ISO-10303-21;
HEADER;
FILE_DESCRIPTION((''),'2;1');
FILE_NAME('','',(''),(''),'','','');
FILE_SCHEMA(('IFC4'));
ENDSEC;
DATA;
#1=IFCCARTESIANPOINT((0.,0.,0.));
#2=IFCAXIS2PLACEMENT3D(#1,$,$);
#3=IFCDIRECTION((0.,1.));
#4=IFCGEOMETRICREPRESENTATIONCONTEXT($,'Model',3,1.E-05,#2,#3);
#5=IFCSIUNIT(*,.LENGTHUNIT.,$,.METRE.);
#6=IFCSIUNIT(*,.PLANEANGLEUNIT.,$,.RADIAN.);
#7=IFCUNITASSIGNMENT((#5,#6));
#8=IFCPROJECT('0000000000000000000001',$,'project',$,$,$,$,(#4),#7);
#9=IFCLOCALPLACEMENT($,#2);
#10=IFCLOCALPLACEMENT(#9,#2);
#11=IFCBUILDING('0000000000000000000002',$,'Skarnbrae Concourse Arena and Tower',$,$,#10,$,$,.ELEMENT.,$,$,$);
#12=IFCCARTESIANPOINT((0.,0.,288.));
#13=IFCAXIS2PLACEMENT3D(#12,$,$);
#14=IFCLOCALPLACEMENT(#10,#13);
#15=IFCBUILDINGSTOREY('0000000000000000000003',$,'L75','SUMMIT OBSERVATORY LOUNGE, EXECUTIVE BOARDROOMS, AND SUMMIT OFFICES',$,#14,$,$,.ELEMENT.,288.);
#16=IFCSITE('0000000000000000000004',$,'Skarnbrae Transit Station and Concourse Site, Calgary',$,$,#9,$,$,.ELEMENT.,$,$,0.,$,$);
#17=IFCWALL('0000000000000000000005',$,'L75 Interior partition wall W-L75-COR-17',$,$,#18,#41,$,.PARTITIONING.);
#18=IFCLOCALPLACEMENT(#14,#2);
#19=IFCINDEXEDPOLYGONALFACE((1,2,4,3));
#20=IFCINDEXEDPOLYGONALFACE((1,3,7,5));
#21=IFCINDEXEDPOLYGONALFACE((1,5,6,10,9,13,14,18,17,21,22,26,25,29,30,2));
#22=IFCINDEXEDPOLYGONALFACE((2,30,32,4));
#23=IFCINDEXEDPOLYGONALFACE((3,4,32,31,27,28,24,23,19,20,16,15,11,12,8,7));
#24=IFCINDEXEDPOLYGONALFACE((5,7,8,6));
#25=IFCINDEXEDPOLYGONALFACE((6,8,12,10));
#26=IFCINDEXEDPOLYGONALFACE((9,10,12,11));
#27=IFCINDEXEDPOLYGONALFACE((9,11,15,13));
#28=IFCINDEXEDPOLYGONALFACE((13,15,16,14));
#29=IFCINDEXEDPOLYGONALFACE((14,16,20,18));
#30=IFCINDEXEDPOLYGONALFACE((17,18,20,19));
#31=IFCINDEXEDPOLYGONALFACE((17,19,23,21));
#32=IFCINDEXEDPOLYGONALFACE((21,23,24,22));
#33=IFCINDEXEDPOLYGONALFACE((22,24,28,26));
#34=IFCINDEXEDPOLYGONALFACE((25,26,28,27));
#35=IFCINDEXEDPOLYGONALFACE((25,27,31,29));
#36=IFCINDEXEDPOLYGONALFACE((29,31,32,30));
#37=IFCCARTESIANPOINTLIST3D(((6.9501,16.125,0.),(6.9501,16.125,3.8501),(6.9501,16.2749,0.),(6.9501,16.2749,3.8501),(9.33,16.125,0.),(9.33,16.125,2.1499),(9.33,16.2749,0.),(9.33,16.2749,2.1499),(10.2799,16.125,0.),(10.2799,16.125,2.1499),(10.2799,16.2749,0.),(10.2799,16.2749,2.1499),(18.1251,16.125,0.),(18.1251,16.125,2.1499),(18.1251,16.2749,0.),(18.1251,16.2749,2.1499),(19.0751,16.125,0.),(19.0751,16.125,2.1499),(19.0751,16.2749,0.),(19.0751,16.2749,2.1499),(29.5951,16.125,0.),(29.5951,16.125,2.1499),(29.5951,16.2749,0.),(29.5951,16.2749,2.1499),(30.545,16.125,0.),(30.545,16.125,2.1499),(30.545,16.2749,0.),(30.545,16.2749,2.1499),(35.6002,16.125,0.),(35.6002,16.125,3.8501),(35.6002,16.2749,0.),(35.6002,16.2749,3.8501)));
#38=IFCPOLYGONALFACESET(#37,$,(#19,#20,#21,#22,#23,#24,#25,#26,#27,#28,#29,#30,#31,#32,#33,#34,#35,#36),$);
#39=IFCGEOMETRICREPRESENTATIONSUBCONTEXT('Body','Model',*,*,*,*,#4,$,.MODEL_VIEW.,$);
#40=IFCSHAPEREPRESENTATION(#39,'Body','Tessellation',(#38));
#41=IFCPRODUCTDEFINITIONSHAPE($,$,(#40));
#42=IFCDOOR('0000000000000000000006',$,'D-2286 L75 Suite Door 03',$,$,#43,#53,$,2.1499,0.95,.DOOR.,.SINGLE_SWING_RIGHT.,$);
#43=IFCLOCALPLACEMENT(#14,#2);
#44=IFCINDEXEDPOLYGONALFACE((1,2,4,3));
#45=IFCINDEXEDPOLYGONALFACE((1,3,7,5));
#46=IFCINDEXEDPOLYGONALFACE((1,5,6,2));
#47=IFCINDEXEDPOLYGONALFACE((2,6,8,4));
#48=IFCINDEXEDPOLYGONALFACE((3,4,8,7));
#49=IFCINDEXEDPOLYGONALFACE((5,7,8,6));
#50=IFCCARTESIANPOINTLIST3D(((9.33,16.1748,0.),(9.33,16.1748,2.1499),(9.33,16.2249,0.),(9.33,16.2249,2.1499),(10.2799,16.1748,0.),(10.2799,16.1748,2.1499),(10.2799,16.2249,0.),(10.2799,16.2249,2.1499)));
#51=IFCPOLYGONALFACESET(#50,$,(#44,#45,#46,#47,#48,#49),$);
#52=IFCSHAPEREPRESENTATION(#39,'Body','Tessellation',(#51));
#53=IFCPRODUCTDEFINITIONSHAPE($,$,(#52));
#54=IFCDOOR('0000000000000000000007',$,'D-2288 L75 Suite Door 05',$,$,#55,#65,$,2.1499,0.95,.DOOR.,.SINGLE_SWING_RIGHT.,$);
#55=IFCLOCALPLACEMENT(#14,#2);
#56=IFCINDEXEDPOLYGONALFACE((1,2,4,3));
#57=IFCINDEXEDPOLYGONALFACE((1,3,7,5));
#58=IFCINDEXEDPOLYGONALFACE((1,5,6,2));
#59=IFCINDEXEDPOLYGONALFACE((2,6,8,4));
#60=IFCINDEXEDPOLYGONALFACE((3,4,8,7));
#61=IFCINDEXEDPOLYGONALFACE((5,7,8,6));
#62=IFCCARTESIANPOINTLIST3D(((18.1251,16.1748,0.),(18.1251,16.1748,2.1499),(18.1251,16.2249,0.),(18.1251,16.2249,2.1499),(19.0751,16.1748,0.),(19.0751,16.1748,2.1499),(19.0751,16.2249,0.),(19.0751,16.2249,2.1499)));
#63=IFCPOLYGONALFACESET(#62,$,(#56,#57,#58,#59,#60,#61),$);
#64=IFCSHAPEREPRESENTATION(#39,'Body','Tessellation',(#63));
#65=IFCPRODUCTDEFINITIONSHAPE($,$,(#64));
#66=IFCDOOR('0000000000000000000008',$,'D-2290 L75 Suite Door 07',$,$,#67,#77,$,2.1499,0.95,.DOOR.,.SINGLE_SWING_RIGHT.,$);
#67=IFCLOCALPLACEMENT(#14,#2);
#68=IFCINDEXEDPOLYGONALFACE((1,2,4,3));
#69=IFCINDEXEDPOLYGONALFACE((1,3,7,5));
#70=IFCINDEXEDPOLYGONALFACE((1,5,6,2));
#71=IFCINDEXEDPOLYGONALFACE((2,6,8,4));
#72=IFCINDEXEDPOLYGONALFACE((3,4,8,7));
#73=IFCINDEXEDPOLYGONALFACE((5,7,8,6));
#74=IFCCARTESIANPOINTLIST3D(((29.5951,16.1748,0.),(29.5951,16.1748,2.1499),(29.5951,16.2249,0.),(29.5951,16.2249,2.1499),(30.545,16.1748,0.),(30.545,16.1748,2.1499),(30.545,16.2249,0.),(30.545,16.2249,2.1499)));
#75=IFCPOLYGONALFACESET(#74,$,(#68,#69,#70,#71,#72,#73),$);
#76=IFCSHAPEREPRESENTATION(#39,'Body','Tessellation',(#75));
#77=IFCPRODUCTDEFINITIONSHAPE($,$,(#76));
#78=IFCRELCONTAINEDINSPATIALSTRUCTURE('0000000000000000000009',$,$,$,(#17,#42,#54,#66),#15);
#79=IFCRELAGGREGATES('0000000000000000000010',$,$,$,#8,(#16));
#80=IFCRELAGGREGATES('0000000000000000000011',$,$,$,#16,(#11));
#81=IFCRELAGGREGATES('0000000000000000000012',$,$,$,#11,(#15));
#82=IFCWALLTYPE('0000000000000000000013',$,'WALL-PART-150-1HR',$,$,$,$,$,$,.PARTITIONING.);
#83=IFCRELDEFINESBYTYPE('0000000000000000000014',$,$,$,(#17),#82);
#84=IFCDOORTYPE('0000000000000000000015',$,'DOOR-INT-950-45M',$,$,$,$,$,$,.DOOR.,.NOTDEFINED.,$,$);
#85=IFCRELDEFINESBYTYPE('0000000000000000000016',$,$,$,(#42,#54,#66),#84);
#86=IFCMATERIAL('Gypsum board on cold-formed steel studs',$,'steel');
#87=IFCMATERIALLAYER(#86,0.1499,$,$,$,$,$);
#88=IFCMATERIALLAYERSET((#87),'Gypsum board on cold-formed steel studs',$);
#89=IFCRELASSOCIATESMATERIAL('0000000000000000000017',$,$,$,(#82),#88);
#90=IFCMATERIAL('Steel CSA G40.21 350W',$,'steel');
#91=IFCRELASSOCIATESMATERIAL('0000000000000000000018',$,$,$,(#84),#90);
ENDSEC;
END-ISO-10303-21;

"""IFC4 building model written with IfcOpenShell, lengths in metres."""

from ifc_helpers import new_model, si_unit, direction, frame, frame_2d, origin, place, context, subcontext, project, spatial, rectangle, extrude, source, transform, mapped, material, layer, layer_set, type_object, element, fill, save


model = new_model("IFC4")

# Units and contexts
model_context = context("Model", 3, precision=1e-05, world=origin(), true_north=direction((0.0, 1.0)))
body_context = subcontext(model_context, "Body", "Model", "MODEL_VIEW")
ifc_project = project(units=[si_unit("LENGTHUNIT", "METRE"), si_unit("PLANEANGLEUNIT", "RADIAN")], contexts=[model_context])

# Site, building, storey
site_placement = place(None, origin())
site = spatial("IfcSite", under=ifc_project, at=site_placement, Name="Skarnbrae Transit Station and Concourse Site, Calgary", CompositionType="ELEMENT", RefElevation=0.0)
building_placement = place(site_placement, origin())
building = spatial("IfcBuilding", under=site, at=building_placement, Name="Skarnbrae Concourse Arena and Tower", CompositionType="ELEMENT")
storey_placement = place(building_placement, frame((0.0, 0.0, 288.0)))
storey = spatial("IfcBuildingStorey", under=building, at=storey_placement, Name="L75", Description="SUMMIT OBSERVATORY LOUNGE, EXECUTIVE BOARDROOMS, AND SUMMIT OFFICES", CompositionType="ELEMENT", Elevation=288.0)

# Shared definitions
ifc_material_1 = material(Name="Steel CSA G40.21 350W", Category="steel")

# Shared definitions
ifc_material_2 = material(Name="Gypsum board on cold-formed steel studs", Category="steel")

# Shared definitions
ifc_layer_1 = layer(ifc_material_2, 0.1499)
ifc_layer_set_1 = layer_set([ifc_layer_1], Name="Gypsum board on cold-formed steel studs")
wall_type_1 = type_object("IfcWallType", Name="WALL-PART-150-1HR", PredefinedType="PARTITIONING", material=ifc_layer_set_1)

# Wall, openings, doors
shared_shape_1 = source(origin(), body_context, "Body", "SweptSolid", [
    extrude(rectangle(XDim=28.6501, YDim=0.1499, at=frame_2d((14.3252, 0.0))), origin(), (0.0, 0.0, 1.0), 3.8501),
])
wall_1_placement = place(storey_placement, frame((6.95, 16.2, 0.0), z_axis=(0.0, 0.0, 1.0), x_axis=(1.0, 0.0, 0.0)))
wall_1 = element("IfcWall", 1, at=wall_1_placement, inside=storey, type_object=wall_type_1, Name="L75 Interior partition wall W-L75-COR-17", PredefinedType="PARTITIONING", context=body_context, shape_type="MappedRepresentation", body=[
    mapped(shared_shape_1, transform((0.0, 0.0, 0.0))),
])
opening_1_placement = place(wall_1_placement, frame((2.3799, 0.0, 0.0)))
opening_1 = element("IfcOpeningElement", 2, at=opening_1_placement, cuts=wall_1, PredefinedType="OPENING", context=body_context, shape_type="SweptSolid", body=[
    extrude(rectangle(XDim=0.95, YDim=2.1499, at=frame_2d((0.4751, 1.075))), frame((0.0, 0.085, 0.0), z_axis=(0.0, -1.0, 0.0), x_axis=(1.0, 0.0, 0.0)), (0.0, 0.0, 1.0), 0.1699),
])
opening_2_placement = place(wall_1_placement, frame((11.175, 0.0, 0.0)))
opening_2 = element("IfcOpeningElement", 3, at=opening_2_placement, cuts=wall_1, PredefinedType="OPENING", context=body_context, shape_type="SweptSolid", body=[
    extrude(rectangle(XDim=0.95, YDim=2.1499, at=frame_2d((0.4751, 1.075))), frame((0.0, 0.085, 0.0), z_axis=(0.0, -1.0, 0.0), x_axis=(1.0, 0.0, 0.0)), (0.0, 0.0, 1.0), 0.1699),
])
opening_3_placement = place(wall_1_placement, frame((22.645, 0.0, 0.0)))
opening_3 = element("IfcOpeningElement", 4, at=opening_3_placement, cuts=wall_1, PredefinedType="OPENING", context=body_context, shape_type="SweptSolid", body=[
    extrude(rectangle(XDim=0.95, YDim=2.1499, at=frame_2d((0.4751, 1.075))), frame((0.0, 0.085, 0.0), z_axis=(0.0, -1.0, 0.0), x_axis=(1.0, 0.0, 0.0)), (0.0, 0.0, 1.0), 0.1699),
])
door_type_1 = type_object("IfcDoorType", Name="DOOR-INT-950-45M", OperationType="NOTDEFINED", PredefinedType="DOOR", material=ifc_material_1)
shared_shape_2 = source(origin(), body_context, "Body", "SweptSolid", [
    extrude(rectangle(XDim=0.95, YDim=2.1499, at=frame_2d((0.4751, 1.075))), frame((0.0, 0.0249, 0.0), z_axis=(0.0, -1.0, 0.0), x_axis=(1.0, 0.0, 0.0)), (0.0, 0.0, 1.0), 0.05),
])
door_1_placement = place(opening_1_placement, origin())
door_1 = element("IfcDoor", 5, at=door_1_placement, inside=storey, type_object=door_type_1, Name="D-2286 L75 Suite Door 03", OperationType="SINGLE_SWING_RIGHT", OverallHeight=2.1499, OverallWidth=0.95, PredefinedType="DOOR", context=body_context, shape_type="MappedRepresentation", body=[
    mapped(shared_shape_2, transform((0.0, 0.0, 0.0))),
])
fill(opening_1, door_1)
door_2_placement = place(opening_2_placement, origin())
door_2 = element("IfcDoor", 6, at=door_2_placement, inside=storey, type_object=door_type_1, Name="D-2288 L75 Suite Door 05", OperationType="SINGLE_SWING_RIGHT", OverallHeight=2.1499, OverallWidth=0.95, PredefinedType="DOOR", context=body_context, shape_type="MappedRepresentation", body=[
    mapped(shared_shape_2, transform((0.0, 0.0, 0.0))),
])
fill(opening_2, door_2)
door_3_placement = place(opening_3_placement, origin())
door_3 = element("IfcDoor", 7, at=door_3_placement, inside=storey, type_object=door_type_1, Name="D-2290 L75 Suite Door 07", OperationType="SINGLE_SWING_RIGHT", OverallHeight=2.1499, OverallWidth=0.95, PredefinedType="DOOR", context=body_context, shape_type="MappedRepresentation", body=[
    mapped(shared_shape_2, transform((0.0, 0.0, 0.0))),
])
fill(opening_3, door_3)

save(model, "model.ifc")
